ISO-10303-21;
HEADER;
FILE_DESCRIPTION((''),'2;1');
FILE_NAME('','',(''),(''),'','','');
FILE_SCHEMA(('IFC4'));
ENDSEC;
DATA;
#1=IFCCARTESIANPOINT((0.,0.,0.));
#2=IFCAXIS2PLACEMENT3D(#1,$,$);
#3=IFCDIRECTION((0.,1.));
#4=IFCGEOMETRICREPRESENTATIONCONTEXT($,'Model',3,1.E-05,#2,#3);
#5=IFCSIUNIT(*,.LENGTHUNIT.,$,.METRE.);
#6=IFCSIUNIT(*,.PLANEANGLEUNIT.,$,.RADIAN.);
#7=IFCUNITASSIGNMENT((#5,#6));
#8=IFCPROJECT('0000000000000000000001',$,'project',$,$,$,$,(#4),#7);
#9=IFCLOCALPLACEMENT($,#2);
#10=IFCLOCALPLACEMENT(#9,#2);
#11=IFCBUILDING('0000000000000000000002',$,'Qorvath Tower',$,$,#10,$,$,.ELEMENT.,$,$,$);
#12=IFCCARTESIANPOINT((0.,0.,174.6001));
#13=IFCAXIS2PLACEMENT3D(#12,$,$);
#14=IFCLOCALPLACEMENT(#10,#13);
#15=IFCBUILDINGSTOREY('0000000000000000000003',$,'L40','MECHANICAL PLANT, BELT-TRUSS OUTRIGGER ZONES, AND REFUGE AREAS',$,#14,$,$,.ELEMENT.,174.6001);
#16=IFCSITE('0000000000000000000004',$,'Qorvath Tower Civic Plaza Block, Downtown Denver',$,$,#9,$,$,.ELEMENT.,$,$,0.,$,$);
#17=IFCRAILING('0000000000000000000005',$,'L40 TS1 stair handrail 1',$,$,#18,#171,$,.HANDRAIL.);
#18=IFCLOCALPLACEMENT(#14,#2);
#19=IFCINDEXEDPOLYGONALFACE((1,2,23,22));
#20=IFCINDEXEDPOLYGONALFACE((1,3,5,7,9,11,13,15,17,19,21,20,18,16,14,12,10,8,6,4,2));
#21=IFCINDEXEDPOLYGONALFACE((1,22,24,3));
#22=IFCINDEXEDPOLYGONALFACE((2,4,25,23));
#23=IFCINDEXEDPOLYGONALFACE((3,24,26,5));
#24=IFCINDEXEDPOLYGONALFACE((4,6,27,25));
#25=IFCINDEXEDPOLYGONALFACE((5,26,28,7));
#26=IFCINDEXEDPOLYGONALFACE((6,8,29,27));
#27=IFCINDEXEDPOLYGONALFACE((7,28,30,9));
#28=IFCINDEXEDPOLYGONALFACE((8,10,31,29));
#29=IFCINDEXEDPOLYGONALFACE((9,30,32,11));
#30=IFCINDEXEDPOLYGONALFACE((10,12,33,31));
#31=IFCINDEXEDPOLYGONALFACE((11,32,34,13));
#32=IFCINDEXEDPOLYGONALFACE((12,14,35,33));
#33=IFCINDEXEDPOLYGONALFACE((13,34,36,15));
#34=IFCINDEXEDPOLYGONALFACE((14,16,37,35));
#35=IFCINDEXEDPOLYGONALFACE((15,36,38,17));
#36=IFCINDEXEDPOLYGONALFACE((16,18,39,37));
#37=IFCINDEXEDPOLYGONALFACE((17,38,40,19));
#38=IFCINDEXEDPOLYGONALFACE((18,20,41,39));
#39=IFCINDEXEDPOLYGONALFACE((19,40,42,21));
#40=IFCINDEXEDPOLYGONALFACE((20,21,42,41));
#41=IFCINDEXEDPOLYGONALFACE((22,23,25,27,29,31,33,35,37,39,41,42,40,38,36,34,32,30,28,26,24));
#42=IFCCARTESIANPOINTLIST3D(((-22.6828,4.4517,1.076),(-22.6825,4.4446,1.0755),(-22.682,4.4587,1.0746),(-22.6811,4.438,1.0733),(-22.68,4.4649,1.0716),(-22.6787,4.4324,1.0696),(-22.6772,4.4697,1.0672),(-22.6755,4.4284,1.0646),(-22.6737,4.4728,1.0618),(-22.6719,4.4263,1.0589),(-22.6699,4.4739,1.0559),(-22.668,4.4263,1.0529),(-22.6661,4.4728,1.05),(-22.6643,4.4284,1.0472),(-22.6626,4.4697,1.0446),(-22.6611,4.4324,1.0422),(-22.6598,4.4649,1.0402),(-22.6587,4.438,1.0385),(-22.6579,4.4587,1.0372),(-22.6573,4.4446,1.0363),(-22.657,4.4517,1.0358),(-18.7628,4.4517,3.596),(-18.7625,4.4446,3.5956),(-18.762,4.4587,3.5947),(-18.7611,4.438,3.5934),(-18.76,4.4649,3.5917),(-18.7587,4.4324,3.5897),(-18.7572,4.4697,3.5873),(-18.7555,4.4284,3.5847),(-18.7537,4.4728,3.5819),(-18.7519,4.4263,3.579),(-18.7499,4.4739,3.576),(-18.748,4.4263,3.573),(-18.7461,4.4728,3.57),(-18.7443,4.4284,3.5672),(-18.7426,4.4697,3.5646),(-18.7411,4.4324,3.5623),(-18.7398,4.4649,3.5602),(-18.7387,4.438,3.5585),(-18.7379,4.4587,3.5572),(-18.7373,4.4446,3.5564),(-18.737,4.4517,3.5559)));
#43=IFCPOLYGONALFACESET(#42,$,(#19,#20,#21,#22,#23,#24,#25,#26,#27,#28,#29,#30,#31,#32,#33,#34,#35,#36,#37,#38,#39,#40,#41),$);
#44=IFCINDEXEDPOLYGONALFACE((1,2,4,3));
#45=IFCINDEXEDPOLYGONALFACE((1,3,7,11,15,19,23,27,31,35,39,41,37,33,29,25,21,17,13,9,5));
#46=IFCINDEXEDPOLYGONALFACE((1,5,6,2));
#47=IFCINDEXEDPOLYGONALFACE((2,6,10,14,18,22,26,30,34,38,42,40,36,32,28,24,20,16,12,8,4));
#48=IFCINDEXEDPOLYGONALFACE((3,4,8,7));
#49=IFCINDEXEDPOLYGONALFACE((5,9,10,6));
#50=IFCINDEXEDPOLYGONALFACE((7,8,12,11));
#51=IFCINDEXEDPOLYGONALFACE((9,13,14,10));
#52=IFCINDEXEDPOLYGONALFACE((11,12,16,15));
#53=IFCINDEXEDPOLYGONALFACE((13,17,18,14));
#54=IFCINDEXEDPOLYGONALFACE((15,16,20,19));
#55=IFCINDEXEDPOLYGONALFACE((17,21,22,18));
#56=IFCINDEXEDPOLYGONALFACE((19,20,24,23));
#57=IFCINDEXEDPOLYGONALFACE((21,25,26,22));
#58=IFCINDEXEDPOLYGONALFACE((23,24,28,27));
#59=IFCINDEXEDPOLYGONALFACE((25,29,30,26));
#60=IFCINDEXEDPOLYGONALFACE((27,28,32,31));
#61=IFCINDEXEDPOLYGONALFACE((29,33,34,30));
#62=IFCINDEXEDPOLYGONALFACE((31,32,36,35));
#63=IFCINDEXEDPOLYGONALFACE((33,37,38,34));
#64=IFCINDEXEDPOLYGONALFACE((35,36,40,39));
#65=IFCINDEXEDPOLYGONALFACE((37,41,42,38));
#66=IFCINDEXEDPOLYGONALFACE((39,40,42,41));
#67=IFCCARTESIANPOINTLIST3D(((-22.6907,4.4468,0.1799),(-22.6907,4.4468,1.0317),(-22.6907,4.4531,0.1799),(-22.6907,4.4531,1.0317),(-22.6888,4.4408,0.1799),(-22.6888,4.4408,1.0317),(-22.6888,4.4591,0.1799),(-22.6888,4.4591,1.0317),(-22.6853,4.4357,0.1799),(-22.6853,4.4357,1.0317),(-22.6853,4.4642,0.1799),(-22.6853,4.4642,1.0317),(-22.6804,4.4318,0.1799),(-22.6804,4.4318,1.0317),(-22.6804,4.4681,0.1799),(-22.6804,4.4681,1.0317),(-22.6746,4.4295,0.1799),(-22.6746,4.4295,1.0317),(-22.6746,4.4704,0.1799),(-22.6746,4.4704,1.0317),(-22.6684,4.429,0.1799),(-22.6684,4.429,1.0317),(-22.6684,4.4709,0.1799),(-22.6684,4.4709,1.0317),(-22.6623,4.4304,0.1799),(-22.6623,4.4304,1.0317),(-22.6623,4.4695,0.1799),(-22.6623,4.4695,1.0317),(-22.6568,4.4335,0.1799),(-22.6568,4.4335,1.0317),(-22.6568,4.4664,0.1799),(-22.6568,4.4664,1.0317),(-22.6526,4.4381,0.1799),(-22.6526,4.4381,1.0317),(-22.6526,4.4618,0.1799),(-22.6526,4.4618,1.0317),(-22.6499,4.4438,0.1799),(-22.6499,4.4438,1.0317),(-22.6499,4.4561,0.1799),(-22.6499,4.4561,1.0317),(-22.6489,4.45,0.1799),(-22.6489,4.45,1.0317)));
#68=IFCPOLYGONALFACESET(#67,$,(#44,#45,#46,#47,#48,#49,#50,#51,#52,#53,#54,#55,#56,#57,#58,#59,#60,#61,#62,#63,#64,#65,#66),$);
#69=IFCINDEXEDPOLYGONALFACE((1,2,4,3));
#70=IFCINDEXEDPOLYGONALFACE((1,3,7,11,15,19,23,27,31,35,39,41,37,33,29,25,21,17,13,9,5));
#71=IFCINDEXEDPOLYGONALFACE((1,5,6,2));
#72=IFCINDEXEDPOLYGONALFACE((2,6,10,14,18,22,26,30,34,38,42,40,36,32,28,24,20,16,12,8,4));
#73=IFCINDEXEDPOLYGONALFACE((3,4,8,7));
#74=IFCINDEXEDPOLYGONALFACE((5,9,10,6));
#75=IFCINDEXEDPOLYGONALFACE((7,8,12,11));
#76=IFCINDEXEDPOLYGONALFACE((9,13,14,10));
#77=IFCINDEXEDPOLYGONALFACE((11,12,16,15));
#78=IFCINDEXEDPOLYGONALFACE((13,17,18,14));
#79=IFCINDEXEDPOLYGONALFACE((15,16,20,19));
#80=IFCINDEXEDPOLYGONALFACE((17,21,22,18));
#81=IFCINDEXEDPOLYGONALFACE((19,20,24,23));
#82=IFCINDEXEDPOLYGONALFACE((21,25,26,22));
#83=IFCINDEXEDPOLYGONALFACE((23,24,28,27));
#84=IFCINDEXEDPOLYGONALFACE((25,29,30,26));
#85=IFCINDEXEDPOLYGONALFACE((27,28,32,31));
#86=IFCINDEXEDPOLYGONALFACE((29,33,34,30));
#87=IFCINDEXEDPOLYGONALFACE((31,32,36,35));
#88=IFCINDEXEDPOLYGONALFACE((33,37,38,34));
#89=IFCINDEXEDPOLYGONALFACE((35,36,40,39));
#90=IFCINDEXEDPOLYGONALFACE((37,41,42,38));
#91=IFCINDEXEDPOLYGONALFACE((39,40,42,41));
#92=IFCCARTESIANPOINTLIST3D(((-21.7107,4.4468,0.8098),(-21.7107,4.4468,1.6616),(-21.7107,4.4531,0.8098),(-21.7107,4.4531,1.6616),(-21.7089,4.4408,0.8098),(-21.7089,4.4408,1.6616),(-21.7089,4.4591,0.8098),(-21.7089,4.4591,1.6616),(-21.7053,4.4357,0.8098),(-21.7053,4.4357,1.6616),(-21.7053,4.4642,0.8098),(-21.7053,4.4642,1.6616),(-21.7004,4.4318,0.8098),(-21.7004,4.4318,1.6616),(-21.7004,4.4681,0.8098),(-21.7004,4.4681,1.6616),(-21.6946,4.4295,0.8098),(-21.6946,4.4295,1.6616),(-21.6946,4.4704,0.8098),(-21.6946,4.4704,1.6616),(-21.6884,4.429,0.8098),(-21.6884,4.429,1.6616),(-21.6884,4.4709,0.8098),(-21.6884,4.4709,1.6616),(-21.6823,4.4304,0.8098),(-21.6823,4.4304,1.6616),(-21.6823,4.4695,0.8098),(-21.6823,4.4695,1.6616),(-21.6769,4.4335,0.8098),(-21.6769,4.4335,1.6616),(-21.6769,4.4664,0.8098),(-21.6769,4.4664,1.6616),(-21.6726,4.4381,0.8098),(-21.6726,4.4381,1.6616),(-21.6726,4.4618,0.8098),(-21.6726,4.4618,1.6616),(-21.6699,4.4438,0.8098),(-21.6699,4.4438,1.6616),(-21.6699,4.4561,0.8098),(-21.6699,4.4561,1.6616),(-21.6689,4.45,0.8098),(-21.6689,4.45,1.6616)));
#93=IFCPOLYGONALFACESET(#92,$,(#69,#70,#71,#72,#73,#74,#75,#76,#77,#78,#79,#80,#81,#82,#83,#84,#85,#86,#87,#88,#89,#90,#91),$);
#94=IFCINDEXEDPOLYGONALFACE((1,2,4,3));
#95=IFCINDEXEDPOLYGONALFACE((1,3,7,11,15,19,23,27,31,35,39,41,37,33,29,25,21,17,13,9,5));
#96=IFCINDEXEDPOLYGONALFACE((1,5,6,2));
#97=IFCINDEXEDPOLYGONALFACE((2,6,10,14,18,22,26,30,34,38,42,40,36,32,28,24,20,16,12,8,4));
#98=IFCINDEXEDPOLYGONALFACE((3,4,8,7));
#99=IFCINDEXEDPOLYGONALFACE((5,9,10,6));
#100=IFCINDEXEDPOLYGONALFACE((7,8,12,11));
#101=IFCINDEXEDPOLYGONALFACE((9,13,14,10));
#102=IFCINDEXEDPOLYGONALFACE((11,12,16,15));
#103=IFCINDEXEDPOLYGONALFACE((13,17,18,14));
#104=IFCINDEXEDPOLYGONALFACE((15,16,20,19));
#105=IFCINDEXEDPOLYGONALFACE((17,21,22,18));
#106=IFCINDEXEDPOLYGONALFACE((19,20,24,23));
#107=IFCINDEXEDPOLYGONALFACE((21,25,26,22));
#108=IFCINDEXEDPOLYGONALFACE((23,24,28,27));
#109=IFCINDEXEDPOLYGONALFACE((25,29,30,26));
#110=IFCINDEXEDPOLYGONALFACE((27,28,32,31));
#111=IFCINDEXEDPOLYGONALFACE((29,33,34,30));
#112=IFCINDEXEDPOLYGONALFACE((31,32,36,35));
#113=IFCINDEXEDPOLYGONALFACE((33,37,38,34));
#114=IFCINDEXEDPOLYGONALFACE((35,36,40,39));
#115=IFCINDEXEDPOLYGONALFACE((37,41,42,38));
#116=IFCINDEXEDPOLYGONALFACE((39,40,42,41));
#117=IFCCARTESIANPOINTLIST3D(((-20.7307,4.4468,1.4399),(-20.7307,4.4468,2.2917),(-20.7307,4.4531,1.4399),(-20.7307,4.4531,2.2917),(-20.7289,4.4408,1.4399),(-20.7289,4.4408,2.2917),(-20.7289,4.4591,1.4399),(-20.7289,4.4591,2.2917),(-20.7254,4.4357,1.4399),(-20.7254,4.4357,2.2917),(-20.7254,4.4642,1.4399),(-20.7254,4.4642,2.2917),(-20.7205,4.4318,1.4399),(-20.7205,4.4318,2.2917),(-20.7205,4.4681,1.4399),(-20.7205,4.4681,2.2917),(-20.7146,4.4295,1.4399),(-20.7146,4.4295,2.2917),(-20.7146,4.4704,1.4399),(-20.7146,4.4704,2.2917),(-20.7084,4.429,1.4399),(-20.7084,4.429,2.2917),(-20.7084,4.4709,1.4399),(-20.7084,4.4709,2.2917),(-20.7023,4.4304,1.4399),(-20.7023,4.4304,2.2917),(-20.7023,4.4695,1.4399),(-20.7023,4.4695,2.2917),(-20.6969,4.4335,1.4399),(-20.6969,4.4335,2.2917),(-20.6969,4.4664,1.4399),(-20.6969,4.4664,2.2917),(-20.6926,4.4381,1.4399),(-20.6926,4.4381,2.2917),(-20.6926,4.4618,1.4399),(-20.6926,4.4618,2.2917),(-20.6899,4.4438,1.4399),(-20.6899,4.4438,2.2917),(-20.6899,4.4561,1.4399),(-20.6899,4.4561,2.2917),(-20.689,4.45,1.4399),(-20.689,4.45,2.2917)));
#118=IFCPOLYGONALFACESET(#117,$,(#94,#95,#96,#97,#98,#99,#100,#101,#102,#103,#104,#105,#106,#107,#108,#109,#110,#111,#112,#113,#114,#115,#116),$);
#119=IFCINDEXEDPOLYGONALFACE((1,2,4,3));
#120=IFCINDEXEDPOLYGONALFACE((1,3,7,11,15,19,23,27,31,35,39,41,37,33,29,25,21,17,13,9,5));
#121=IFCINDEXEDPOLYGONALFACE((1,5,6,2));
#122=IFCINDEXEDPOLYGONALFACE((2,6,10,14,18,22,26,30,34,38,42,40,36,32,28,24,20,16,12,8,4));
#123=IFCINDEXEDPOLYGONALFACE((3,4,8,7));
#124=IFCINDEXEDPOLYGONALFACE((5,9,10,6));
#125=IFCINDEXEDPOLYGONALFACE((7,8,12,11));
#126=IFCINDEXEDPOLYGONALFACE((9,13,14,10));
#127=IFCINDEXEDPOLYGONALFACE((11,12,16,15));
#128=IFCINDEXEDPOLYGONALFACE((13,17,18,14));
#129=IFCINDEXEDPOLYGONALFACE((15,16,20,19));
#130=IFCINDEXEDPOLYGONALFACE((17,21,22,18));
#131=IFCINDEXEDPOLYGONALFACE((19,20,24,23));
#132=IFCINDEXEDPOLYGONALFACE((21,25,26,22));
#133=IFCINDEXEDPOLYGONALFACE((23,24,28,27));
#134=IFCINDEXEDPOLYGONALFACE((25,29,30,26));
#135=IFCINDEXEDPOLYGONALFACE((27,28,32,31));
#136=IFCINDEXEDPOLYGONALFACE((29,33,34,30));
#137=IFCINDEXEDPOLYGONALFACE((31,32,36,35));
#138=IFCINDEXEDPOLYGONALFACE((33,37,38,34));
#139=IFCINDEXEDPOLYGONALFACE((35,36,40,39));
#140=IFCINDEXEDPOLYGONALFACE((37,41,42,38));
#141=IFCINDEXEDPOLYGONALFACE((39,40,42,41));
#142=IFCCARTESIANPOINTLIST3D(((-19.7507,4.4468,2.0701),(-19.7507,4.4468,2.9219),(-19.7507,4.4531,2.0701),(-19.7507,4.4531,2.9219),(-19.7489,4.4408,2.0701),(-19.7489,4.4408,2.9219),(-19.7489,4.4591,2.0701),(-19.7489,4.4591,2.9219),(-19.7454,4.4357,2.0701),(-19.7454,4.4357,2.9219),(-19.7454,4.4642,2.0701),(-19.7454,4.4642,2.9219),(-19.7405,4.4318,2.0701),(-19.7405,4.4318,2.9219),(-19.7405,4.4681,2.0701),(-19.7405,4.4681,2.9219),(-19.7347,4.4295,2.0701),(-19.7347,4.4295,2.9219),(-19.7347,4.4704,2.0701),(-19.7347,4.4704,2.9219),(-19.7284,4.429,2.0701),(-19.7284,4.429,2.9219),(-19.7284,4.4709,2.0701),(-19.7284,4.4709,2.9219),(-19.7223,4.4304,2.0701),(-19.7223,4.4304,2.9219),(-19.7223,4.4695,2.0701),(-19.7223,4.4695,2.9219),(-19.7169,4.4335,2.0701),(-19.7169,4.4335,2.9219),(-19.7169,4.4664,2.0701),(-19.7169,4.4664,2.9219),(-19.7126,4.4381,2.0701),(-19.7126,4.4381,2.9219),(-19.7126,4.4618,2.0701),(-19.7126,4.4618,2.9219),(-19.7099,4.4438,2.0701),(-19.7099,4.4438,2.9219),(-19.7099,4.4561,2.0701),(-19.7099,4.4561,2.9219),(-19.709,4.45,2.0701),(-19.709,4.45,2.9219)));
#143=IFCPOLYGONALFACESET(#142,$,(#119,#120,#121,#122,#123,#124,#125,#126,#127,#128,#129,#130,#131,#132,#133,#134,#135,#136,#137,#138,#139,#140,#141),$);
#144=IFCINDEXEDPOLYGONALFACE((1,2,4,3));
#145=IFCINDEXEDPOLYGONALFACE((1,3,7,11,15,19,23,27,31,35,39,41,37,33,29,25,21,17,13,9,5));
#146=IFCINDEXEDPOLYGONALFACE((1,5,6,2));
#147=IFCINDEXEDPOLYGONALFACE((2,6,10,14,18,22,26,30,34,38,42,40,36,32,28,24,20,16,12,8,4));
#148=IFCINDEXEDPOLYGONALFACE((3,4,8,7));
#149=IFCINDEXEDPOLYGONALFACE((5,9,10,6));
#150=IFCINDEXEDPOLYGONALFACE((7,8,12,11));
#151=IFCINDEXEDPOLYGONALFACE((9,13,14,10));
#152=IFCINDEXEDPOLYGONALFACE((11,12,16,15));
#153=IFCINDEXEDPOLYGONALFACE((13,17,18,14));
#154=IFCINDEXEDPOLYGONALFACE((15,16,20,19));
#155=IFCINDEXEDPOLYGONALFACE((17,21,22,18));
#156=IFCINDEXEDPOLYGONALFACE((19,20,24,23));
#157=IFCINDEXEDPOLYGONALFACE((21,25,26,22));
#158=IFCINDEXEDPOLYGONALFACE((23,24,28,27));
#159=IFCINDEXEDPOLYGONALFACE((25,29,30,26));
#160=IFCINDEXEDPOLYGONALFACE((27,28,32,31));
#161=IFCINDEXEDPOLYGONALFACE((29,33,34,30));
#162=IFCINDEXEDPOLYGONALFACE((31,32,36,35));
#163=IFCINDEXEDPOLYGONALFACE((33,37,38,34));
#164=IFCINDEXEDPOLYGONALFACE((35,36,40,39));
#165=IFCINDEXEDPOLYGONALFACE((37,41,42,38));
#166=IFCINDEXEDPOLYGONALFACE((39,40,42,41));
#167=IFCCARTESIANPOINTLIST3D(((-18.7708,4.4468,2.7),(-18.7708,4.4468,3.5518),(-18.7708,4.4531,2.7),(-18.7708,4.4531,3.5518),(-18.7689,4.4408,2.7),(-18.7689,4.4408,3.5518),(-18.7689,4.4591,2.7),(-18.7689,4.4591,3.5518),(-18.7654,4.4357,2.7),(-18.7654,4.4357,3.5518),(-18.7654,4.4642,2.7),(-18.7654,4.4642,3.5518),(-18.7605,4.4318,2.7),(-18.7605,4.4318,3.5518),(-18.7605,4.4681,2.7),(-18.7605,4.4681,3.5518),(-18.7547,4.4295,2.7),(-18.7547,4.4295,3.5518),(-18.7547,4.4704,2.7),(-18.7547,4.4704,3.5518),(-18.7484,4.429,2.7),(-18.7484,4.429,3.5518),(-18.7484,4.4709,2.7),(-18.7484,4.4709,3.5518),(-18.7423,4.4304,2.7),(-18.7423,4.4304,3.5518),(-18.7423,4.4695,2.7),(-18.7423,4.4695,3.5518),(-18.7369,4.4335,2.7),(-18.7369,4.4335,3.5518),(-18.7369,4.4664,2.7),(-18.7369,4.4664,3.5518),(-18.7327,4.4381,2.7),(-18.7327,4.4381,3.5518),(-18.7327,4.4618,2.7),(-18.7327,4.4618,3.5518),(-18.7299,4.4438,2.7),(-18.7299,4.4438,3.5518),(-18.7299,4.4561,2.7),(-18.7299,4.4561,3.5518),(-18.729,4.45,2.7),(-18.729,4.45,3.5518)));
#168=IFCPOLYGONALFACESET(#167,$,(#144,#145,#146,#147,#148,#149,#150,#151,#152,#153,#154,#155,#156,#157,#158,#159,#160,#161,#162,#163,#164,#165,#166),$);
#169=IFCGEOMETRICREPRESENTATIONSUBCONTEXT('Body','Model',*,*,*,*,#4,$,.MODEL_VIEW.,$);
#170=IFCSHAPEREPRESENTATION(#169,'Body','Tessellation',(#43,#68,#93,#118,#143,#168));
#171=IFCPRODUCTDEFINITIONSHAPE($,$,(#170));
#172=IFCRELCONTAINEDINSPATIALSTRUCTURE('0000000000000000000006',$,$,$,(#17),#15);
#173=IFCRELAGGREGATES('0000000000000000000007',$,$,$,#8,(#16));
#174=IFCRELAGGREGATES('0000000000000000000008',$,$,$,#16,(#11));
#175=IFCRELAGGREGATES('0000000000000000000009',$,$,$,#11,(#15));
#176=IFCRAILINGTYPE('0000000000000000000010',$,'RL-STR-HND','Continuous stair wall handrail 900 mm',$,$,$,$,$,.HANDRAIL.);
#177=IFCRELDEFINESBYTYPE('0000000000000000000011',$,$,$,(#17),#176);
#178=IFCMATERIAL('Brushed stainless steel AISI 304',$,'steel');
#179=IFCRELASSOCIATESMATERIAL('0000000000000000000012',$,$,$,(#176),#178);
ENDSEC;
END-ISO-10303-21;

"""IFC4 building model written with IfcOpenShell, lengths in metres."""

from ifc_helpers import new_model, si_unit, direction, frame, origin, origin_2d, place, context, subcontext, project, spatial, circle, extrude, material, type_object, element, save


model = new_model("IFC4")

# Units and contexts
model_context = context("Model", 3, precision=1e-05, world=origin(), true_north=direction((0.0, 1.0)))
body_context = subcontext(model_context, "Body", "Model", "MODEL_VIEW")
ifc_project = project(units=[si_unit("LENGTHUNIT", "METRE"), si_unit("PLANEANGLEUNIT", "RADIAN")], contexts=[model_context])

# Site, building, storey
site_placement = place(None, origin())
site = spatial("IfcSite", under=ifc_project, at=site_placement, Name="Qorvath Tower Civic Plaza Block, Downtown Denver", CompositionType="ELEMENT", RefElevation=0.0)
building_placement = place(site_placement, origin())
building = spatial("IfcBuilding", under=site, at=building_placement, Name="Qorvath Tower", CompositionType="ELEMENT")
storey_placement = place(building_placement, frame((0.0, 0.0, 174.6001)))
storey = spatial("IfcBuildingStorey", under=building, at=storey_placement, Name="L40", Description="MECHANICAL PLANT, BELT-TRUSS OUTRIGGER ZONES, AND REFUGE AREAS", CompositionType="ELEMENT", Elevation=174.6001)

# Railing
ifc_material_1 = material(Name="Brushed stainless steel AISI 304", Category="steel")
railing_type_1 = type_object("IfcRailingType", Name="RL-STR-HND", Description="Continuous stair wall handrail 900 mm", PredefinedType="HANDRAIL", material=ifc_material_1)
railing_1_placement = place(storey_placement, frame((-22.6699, 4.45, 0.1799)))
element("IfcRailing", 1, at=railing_1_placement, inside=storey, type_object=railing_type_1, Name="L40 TS1 stair handrail 1", PredefinedType="HANDRAIL", context=body_context, shape_type="SweptSolid", body=[
    extrude(circle(Radius=0.0239, at=origin_2d()), frame((0.0, 0.0, 0.876), z_axis=(0.841172, 0.0, 0.540768), x_axis=(0.0, 1.0, 0.0)), (0.0, 0.0, 1.0), 4.6602),
    extrude(circle(Radius=0.021, at=origin_2d()), origin(), (0.0, 0.0, 1.0), 0.8518),
    extrude(circle(Radius=0.021, at=origin_2d()), frame((0.98, 0.0, 0.6299)), (0.0, 0.0, 1.0), 0.8518),
    extrude(circle(Radius=0.021, at=origin_2d()), frame((1.96, 0.0, 1.26)), (0.0, 0.0, 1.0), 0.8518),
    extrude(circle(Radius=0.021, at=origin_2d()), frame((2.9399, 0.0, 1.8901)), (0.0, 0.0, 1.0), 0.8518),
    extrude(circle(Radius=0.021, at=origin_2d()), frame((3.9199, 0.0, 2.52)), (0.0, 0.0, 1.0), 0.8518),
])

save(model, "model.ifc")
